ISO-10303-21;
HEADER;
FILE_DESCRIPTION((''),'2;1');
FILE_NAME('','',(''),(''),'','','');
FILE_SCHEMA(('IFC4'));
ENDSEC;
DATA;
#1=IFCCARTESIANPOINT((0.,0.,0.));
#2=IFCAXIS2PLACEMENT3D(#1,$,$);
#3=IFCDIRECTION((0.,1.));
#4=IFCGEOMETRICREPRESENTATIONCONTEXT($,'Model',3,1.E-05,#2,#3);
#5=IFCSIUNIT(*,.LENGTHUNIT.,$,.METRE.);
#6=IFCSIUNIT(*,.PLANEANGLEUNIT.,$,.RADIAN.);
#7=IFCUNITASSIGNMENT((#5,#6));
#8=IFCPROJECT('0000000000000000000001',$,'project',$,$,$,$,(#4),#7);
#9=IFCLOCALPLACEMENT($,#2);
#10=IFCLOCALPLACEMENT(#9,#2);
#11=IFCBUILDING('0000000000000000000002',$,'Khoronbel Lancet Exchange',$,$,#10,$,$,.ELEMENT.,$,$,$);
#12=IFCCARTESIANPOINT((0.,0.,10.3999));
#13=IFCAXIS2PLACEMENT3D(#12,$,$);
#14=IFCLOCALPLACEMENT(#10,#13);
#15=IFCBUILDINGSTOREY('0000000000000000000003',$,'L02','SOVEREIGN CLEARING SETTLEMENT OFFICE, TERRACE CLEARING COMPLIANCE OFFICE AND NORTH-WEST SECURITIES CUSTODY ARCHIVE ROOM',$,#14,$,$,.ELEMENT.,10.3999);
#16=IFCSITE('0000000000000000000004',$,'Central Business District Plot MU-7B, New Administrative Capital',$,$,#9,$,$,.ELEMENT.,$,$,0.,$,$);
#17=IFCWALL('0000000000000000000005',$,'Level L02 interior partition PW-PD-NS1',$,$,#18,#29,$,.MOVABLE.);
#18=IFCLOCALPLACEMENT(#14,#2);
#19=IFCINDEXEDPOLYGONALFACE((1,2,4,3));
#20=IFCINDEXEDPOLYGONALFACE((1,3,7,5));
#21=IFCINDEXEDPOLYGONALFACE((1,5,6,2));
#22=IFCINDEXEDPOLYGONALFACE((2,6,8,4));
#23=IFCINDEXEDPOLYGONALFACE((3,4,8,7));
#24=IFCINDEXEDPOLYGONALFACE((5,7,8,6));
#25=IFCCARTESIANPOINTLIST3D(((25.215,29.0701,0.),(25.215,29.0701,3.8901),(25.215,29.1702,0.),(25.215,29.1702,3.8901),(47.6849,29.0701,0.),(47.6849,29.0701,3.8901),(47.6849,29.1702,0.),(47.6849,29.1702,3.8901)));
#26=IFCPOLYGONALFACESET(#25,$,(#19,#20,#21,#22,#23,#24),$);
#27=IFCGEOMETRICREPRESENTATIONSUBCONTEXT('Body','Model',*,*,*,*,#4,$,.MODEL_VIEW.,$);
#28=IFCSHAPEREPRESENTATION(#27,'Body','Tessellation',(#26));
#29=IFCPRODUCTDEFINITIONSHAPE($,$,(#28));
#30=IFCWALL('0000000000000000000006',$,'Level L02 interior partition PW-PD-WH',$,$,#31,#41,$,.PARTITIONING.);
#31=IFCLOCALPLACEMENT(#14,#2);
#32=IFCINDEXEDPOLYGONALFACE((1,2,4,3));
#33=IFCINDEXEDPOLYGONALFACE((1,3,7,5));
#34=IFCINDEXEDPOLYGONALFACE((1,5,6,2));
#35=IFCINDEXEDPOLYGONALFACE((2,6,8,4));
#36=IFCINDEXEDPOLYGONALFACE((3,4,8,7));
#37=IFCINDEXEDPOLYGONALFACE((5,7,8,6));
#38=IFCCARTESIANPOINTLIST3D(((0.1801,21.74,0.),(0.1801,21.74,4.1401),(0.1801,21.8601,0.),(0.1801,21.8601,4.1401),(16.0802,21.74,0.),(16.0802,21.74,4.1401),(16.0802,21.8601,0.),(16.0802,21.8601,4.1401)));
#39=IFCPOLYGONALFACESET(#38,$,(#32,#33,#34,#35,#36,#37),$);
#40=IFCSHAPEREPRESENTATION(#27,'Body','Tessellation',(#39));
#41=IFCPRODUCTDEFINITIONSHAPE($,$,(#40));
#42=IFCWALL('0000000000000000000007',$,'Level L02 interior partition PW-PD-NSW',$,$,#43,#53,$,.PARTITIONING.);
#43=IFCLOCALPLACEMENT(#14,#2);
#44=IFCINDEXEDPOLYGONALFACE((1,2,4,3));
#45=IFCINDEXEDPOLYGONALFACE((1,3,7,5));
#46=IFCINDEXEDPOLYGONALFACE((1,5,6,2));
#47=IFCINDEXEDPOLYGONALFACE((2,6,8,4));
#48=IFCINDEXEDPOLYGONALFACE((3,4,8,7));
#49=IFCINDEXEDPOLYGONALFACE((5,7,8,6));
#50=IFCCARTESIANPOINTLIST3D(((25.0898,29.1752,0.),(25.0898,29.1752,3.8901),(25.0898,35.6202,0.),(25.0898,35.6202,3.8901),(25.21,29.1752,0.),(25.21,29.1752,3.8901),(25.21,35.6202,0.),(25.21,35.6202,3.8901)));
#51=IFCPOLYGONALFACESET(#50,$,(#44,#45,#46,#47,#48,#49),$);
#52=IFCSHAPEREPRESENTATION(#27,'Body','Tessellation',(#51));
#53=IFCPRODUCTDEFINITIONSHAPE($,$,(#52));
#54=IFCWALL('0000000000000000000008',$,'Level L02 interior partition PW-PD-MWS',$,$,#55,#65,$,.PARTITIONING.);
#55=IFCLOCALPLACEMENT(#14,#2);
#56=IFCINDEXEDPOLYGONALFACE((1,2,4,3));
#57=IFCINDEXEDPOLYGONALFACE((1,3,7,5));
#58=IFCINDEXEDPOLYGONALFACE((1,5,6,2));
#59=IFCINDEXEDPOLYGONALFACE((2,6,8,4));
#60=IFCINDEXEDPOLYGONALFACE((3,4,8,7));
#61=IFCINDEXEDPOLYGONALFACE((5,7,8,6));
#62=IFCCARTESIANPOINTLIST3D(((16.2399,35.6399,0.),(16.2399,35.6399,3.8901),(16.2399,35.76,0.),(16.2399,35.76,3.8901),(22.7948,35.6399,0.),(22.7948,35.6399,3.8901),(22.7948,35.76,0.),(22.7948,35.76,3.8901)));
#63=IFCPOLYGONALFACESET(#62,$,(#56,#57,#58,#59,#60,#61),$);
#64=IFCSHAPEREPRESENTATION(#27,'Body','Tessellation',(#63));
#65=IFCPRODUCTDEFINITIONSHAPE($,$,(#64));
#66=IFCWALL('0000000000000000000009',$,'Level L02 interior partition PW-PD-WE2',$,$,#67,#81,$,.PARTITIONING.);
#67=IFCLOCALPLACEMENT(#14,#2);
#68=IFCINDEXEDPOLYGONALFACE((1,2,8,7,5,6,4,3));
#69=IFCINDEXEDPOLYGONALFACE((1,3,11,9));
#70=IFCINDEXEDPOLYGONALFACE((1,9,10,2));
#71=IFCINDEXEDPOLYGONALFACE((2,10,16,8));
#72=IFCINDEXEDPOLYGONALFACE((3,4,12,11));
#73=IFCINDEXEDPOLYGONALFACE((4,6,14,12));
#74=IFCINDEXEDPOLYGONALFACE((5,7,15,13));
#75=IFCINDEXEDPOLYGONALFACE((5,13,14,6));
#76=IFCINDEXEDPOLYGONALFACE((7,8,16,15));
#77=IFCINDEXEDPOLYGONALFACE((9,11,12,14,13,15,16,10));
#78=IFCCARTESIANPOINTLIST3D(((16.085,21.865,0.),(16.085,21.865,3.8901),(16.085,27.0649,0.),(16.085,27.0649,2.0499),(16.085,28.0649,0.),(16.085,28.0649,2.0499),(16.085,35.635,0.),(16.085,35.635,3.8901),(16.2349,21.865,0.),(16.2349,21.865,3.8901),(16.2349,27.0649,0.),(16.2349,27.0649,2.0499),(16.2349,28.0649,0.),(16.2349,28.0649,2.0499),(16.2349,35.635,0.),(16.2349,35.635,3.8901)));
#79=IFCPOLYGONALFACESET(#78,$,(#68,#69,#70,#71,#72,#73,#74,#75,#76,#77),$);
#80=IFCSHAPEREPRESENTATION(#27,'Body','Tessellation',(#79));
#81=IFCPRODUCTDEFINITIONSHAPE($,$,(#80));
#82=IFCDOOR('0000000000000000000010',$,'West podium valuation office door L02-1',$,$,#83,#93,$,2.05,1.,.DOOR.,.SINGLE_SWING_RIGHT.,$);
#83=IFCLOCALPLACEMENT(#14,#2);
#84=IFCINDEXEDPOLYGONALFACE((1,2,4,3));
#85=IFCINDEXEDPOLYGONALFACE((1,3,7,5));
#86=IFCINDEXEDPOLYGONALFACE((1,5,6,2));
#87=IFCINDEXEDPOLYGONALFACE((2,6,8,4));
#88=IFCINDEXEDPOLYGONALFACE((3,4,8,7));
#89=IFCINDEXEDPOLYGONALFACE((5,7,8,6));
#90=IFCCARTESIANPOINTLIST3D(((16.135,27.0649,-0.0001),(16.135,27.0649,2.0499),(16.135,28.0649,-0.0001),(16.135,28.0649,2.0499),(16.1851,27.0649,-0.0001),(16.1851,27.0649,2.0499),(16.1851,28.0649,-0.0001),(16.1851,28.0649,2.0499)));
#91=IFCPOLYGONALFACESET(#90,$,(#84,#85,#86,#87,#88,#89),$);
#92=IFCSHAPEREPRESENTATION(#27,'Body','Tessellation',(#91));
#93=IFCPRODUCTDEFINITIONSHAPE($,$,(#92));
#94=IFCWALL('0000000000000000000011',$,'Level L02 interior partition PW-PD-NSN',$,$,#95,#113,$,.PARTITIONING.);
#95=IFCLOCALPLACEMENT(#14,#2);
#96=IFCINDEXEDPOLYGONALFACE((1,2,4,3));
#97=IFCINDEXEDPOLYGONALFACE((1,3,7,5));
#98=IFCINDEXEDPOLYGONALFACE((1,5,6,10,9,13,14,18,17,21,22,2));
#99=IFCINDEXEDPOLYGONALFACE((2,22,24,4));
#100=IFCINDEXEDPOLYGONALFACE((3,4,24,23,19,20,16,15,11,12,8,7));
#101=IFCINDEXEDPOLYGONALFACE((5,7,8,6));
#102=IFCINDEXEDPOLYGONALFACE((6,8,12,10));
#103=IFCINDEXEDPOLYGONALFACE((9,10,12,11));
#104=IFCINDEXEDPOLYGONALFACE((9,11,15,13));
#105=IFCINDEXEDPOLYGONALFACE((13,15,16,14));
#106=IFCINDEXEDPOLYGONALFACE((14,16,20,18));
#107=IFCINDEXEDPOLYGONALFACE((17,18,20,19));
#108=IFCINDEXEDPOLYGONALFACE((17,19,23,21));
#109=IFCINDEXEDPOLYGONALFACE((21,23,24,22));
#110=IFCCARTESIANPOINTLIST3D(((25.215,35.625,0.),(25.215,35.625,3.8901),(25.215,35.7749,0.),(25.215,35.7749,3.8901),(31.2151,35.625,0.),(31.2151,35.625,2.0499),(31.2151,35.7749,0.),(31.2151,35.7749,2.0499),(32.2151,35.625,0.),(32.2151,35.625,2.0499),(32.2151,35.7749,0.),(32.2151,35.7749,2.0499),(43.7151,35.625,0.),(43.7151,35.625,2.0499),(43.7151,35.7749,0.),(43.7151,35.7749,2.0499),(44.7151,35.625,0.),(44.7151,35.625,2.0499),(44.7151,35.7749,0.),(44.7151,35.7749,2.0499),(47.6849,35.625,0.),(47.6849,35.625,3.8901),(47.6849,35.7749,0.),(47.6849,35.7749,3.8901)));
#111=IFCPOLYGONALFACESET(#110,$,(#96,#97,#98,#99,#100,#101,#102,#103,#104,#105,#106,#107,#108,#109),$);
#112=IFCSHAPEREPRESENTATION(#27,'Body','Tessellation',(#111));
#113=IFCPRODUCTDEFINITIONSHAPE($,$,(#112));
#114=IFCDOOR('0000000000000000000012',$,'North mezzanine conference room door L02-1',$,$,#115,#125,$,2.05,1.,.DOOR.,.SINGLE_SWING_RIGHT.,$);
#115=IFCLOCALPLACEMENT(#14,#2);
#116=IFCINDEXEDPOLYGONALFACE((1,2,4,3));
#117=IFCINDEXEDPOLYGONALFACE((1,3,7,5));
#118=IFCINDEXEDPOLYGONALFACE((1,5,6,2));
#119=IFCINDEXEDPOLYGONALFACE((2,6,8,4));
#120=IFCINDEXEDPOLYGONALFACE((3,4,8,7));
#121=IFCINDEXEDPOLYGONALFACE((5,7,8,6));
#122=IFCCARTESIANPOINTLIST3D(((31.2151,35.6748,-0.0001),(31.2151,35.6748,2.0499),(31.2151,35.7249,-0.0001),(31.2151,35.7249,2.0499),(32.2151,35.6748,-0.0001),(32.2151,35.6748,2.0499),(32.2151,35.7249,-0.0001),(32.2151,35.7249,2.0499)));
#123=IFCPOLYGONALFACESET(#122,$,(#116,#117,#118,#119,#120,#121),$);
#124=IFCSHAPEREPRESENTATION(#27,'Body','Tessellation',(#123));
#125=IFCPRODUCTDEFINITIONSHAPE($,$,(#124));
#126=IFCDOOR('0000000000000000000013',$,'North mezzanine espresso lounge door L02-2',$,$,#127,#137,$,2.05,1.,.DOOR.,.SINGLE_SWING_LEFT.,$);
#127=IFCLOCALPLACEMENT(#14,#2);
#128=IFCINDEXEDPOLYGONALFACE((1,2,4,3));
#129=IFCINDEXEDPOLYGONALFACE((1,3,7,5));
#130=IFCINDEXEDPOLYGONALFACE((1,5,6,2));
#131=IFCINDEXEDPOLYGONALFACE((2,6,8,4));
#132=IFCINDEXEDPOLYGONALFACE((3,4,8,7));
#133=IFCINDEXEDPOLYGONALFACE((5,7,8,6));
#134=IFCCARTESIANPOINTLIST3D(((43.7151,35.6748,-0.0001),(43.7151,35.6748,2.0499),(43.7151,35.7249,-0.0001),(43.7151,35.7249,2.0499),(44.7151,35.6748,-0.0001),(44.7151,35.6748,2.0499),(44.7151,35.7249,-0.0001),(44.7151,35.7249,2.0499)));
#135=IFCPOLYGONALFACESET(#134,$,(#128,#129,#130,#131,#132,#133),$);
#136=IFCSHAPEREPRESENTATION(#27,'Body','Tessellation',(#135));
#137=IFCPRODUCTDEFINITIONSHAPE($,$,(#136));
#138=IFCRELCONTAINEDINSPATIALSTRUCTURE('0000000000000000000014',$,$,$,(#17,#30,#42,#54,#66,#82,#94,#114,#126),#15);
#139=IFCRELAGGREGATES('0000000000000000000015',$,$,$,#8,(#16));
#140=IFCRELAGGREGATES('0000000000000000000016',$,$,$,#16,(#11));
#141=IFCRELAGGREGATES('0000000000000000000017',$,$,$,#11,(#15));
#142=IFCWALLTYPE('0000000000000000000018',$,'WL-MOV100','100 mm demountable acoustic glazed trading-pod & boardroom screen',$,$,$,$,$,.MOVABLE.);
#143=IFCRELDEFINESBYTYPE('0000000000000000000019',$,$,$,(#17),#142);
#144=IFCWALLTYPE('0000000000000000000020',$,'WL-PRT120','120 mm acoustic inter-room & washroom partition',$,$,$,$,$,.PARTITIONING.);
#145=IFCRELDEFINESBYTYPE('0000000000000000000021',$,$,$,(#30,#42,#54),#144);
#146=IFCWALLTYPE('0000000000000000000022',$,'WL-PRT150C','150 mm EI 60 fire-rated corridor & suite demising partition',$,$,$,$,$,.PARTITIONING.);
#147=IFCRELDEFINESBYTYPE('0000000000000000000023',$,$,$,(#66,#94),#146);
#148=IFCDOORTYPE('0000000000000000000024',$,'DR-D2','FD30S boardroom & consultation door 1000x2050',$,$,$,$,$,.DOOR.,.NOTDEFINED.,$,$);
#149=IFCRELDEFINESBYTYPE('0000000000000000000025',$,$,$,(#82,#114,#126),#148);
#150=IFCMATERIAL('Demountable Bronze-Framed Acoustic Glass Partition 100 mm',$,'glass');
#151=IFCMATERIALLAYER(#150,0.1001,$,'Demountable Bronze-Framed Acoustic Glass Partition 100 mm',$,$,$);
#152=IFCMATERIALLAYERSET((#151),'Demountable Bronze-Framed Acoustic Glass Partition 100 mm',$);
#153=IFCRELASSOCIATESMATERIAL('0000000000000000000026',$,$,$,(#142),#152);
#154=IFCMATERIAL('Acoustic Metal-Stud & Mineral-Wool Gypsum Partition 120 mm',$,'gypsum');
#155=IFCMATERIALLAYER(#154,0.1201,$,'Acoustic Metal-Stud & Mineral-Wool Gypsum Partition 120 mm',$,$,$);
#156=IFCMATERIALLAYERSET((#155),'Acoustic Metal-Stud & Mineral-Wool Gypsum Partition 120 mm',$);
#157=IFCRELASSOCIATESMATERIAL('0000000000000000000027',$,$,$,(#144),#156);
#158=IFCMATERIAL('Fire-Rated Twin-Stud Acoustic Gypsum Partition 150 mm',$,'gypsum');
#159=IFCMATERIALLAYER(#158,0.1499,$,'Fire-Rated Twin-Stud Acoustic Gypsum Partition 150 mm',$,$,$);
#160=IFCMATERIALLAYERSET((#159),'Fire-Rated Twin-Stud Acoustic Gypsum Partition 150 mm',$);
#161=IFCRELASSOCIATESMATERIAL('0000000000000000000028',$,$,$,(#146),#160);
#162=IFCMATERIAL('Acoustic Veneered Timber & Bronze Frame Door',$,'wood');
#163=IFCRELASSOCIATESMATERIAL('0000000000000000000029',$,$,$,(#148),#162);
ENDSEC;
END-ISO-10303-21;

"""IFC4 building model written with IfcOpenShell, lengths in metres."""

from ifc_helpers import new_model, si_unit, direction, frame, frame_2d, origin, place, context, subcontext, project, spatial, rectangle, extrude, material, layer, layer_set, type_object, element, fill, save


model = new_model("IFC4")

# Units and contexts
model_context = context("Model", 3, precision=1e-05, world=origin(), true_north=direction((0.0, 1.0)))
body_context = subcontext(model_context, "Body", "Model", "MODEL_VIEW")
ifc_project = project(units=[si_unit("LENGTHUNIT", "METRE"), si_unit("PLANEANGLEUNIT", "RADIAN")], contexts=[model_context])

# Site, building, storey
site_placement = place(None, origin())
site = spatial("IfcSite", under=ifc_project, at=site_placement, Name="Central Business District Plot MU-7B, New Administrative Capital", CompositionType="ELEMENT", RefElevation=0.0)
building_placement = place(site_placement, origin())
building = spatial("IfcBuilding", under=site, at=building_placement, Name="Khoronbel Lancet Exchange", CompositionType="ELEMENT")
storey_placement = place(building_placement, frame((0.0, 0.0, 10.3999)))
storey = spatial("IfcBuildingStorey", under=building, at=storey_placement, Name="L02", Description="SOVEREIGN CLEARING SETTLEMENT OFFICE, TERRACE CLEARING COMPLIANCE OFFICE AND NORTH-WEST SECURITIES CUSTODY ARCHIVE ROOM", CompositionType="ELEMENT", Elevation=10.3999)

# Walls
ifc_material_1 = material(Name="Demountable Bronze-Framed Acoustic Glass Partition 100 mm", Category="glass")
ifc_layer_1 = layer(ifc_material_1, 0.1001, Name="Demountable Bronze-Framed Acoustic Glass Partition 100 mm")
ifc_layer_set_1 = layer_set([ifc_layer_1], Name="Demountable Bronze-Framed Acoustic Glass Partition 100 mm")
wall_type_1 = type_object("IfcWallType", Name="WL-MOV100", Description="100 mm demountable acoustic glazed trading-pod & boardroom screen", PredefinedType="MOVABLE", material=ifc_layer_set_1)
wall_1_placement = place(storey_placement, frame((25.2151, 29.1201, 0.0), z_axis=(0.0, 0.0, 1.0), x_axis=(1.0, 0.0, 0.0)))
element("IfcWall", 1, at=wall_1_placement, inside=storey, type_object=wall_type_1, Name="Level L02 interior partition PW-PD-NS1", PredefinedType="MOVABLE", context=body_context, shape_type="SweptSolid", body=[
    extrude(rectangle(XDim=22.47, YDim=0.1001, at=frame_2d((11.2349, 0.0))), origin(), (0.0, 0.0, 1.0), 3.8901),
])
ifc_material_2 = material(Name="Acoustic Metal-Stud & Mineral-Wool Gypsum Partition 120 mm", Category="gypsum")
ifc_layer_2 = layer(ifc_material_2, 0.1201, Name="Acoustic Metal-Stud & Mineral-Wool Gypsum Partition 120 mm")
ifc_layer_set_2 = layer_set([ifc_layer_2], Name="Acoustic Metal-Stud & Mineral-Wool Gypsum Partition 120 mm")
wall_type_2 = type_object("IfcWallType", Name="WL-PRT120", Description="120 mm acoustic inter-room & washroom partition", PredefinedType="PARTITIONING", material=ifc_layer_set_2)
wall_2_placement = place(storey_placement, frame((0.1799, 21.8, 0.0), z_axis=(0.0, 0.0, 1.0), x_axis=(1.0, 0.0, 0.0)))
element("IfcWall", 2, at=wall_2_placement, inside=storey, type_object=wall_type_2, Name="Level L02 interior partition PW-PD-WH", PredefinedType="PARTITIONING", context=body_context, shape_type="SweptSolid", body=[
    extrude(rectangle(XDim=15.9001, YDim=0.1201, at=frame_2d((7.9502, 0.0))), origin(), (0.0, 0.0, 1.0), 4.1401),
])
wall_3_placement = place(storey_placement, frame((25.1499, 29.175, 0.0), z_axis=(0.0, 0.0, 1.0), x_axis=(0.0, 1.0, 0.0)))
element("IfcWall", 3, at=wall_3_placement, inside=storey, type_object=wall_type_2, Name="Level L02 interior partition PW-PD-NSW", PredefinedType="PARTITIONING", context=body_context, shape_type="SweptSolid", body=[
    extrude(rectangle(XDim=6.4451, YDim=0.1201, at=frame_2d((3.2227, 0.0))), origin(), (0.0, 0.0, 1.0), 3.8901),
])
wall_4_placement = place(storey_placement, frame((16.24, 35.7, 0.0), z_axis=(0.0, 0.0, 1.0), x_axis=(1.0, 0.0, 0.0)))
element("IfcWall", 4, at=wall_4_placement, inside=storey, type_object=wall_type_2, Name="Level L02 interior partition PW-PD-MWS", PredefinedType="PARTITIONING", context=body_context, shape_type="SweptSolid", body=[
    extrude(rectangle(XDim=6.5549, YDim=0.1201, at=frame_2d((3.2773, 0.0))), origin(), (0.0, 0.0, 1.0), 3.8901),
])

# Wall, opening, door
ifc_material_3 = material(Name="Fire-Rated Twin-Stud Acoustic Gypsum Partition 150 mm", Category="gypsum")
ifc_layer_3 = layer(ifc_material_3, 0.1499, Name="Fire-Rated Twin-Stud Acoustic Gypsum Partition 150 mm")
ifc_layer_set_3 = layer_set([ifc_layer_3], Name="Fire-Rated Twin-Stud Acoustic Gypsum Partition 150 mm")
wall_type_3 = type_object("IfcWallType", Name="WL-PRT150C", Description="150 mm EI 60 fire-rated corridor & suite demising partition", PredefinedType="PARTITIONING", material=ifc_layer_set_3)
wall_5_placement = place(storey_placement, frame((16.1599, 21.865, 0.0), z_axis=(0.0, 0.0, 1.0), x_axis=(0.0, 1.0, 0.0)))
wall_5 = element("IfcWall", 5, at=wall_5_placement, inside=storey, type_object=wall_type_3, Name="Level L02 interior partition PW-PD-WE2", PredefinedType="PARTITIONING", context=body_context, shape_type="SweptSolid", body=[
    extrude(rectangle(XDim=13.77, YDim=0.1499, at=frame_2d((6.885, 0.0))), origin(), (0.0, 0.0, 1.0), 3.8901),
])
opening_1_placement = place(wall_5_placement, frame((5.2, 0.0, 0.0)))
opening_1 = element("IfcOpeningElement", 6, at=opening_1_placement, cuts=wall_5, PredefinedType="OPENING", context=body_context, shape_type="SweptSolid", body=[
    extrude(rectangle(XDim=1.0, YDim=2.05, at=frame_2d((0.5, 1.0249))), frame((0.0, 0.085, 0.0), z_axis=(0.0, -1.0, 0.0), x_axis=(1.0, 0.0, 0.0)), (0.0, 0.0, 1.0), 0.1699),
])
ifc_material_4 = material(Name="Acoustic Veneered Timber & Bronze Frame Door", Category="wood")
door_type = type_object("IfcDoorType", Name="DR-D2", Description="FD30S boardroom & consultation door 1000x2050", OperationType="NOTDEFINED", PredefinedType="DOOR", material=ifc_material_4)
door_1_placement = place(opening_1_placement, origin())
door_1 = element("IfcDoor", 7, at=door_1_placement, inside=storey, type_object=door_type, Name="West podium valuation office door L02-1", OperationType="SINGLE_SWING_RIGHT", OverallHeight=2.05, OverallWidth=1.0, PredefinedType="DOOR", context=body_context, shape_type="SweptSolid", body=[
    extrude(rectangle(XDim=1.0, YDim=2.05, at=frame_2d((0.5, 1.0249))), frame((0.0, 0.0249, 0.0), z_axis=(0.0, -1.0, 0.0), x_axis=(1.0, 0.0, 0.0)), (0.0, 0.0, 1.0), 0.05),
])
fill(opening_1, door_1)

# Wall, openings, doors
wall_6_placement = place(storey_placement, frame((25.2151, 35.7, 0.0), z_axis=(0.0, 0.0, 1.0), x_axis=(1.0, 0.0, 0.0)))
wall_6 = element("IfcWall", 8, at=wall_6_placement, inside=storey, type_object=wall_type_3, Name="Level L02 interior partition PW-PD-NSN", PredefinedType="PARTITIONING", context=body_context, shape_type="SweptSolid", body=[
    extrude(rectangle(XDim=22.47, YDim=0.1499, at=frame_2d((11.2349, 0.0))), origin(), (0.0, 0.0, 1.0), 3.8901),
])
opening_2_placement = place(wall_6_placement, frame((6.0, 0.0, 0.0)))
opening_2 = element("IfcOpeningElement", 9, at=opening_2_placement, cuts=wall_6, PredefinedType="OPENING", context=body_context, shape_type="SweptSolid", body=[
    extrude(rectangle(XDim=1.0, YDim=2.05, at=frame_2d((0.5, 1.0249))), frame((0.0, 0.085, 0.0), z_axis=(0.0, -1.0, 0.0), x_axis=(1.0, 0.0, 0.0)), (0.0, 0.0, 1.0), 0.1699),
])
opening_3_placement = place(wall_6_placement, frame((18.5, 0.0, 0.0)))
opening_3 = element("IfcOpeningElement", 10, at=opening_3_placement, cuts=wall_6, PredefinedType="OPENING", context=body_context, shape_type="SweptSolid", body=[
    extrude(rectangle(XDim=1.0, YDim=2.05, at=frame_2d((0.5, 1.0249))), frame((0.0, 0.085, 0.0), z_axis=(0.0, -1.0, 0.0), x_axis=(1.0, 0.0, 0.0)), (0.0, 0.0, 1.0), 0.1699),
])
door_2_placement = place(opening_2_placement, origin())
door_2 = element("IfcDoor", 11, at=door_2_placement, inside=storey, type_object=door_type, Name="North mezzanine conference room door L02-1", OperationType="SINGLE_SWING_RIGHT", OverallHeight=2.05, OverallWidth=1.0, PredefinedType="DOOR", context=body_context, shape_type="SweptSolid", body=[
    extrude(rectangle(XDim=1.0, YDim=2.05, at=frame_2d((0.5, 1.0249))), frame((0.0, 0.0249, 0.0), z_axis=(0.0, -1.0, 0.0), x_axis=(1.0, 0.0, 0.0)), (0.0, 0.0, 1.0), 0.05),
])
fill(opening_2, door_2)
door_3_placement = place(opening_3_placement, origin())
door_3 = element("IfcDoor", 12, at=door_3_placement, inside=storey, type_object=door_type, Name="North mezzanine espresso lounge door L02-2", OperationType="SINGLE_SWING_LEFT", OverallHeight=2.05, OverallWidth=1.0, PredefinedType="DOOR", context=body_context, shape_type="SweptSolid", body=[
    extrude(rectangle(XDim=1.0, YDim=2.05, at=frame_2d((0.5, 1.0249))), frame((0.0, 0.0249, 0.0), z_axis=(0.0, -1.0, 0.0), x_axis=(1.0, 0.0, 0.0)), (0.0, 0.0, 1.0), 0.05),
])
fill(opening_3, door_3)

save(model, "model.ifc")
